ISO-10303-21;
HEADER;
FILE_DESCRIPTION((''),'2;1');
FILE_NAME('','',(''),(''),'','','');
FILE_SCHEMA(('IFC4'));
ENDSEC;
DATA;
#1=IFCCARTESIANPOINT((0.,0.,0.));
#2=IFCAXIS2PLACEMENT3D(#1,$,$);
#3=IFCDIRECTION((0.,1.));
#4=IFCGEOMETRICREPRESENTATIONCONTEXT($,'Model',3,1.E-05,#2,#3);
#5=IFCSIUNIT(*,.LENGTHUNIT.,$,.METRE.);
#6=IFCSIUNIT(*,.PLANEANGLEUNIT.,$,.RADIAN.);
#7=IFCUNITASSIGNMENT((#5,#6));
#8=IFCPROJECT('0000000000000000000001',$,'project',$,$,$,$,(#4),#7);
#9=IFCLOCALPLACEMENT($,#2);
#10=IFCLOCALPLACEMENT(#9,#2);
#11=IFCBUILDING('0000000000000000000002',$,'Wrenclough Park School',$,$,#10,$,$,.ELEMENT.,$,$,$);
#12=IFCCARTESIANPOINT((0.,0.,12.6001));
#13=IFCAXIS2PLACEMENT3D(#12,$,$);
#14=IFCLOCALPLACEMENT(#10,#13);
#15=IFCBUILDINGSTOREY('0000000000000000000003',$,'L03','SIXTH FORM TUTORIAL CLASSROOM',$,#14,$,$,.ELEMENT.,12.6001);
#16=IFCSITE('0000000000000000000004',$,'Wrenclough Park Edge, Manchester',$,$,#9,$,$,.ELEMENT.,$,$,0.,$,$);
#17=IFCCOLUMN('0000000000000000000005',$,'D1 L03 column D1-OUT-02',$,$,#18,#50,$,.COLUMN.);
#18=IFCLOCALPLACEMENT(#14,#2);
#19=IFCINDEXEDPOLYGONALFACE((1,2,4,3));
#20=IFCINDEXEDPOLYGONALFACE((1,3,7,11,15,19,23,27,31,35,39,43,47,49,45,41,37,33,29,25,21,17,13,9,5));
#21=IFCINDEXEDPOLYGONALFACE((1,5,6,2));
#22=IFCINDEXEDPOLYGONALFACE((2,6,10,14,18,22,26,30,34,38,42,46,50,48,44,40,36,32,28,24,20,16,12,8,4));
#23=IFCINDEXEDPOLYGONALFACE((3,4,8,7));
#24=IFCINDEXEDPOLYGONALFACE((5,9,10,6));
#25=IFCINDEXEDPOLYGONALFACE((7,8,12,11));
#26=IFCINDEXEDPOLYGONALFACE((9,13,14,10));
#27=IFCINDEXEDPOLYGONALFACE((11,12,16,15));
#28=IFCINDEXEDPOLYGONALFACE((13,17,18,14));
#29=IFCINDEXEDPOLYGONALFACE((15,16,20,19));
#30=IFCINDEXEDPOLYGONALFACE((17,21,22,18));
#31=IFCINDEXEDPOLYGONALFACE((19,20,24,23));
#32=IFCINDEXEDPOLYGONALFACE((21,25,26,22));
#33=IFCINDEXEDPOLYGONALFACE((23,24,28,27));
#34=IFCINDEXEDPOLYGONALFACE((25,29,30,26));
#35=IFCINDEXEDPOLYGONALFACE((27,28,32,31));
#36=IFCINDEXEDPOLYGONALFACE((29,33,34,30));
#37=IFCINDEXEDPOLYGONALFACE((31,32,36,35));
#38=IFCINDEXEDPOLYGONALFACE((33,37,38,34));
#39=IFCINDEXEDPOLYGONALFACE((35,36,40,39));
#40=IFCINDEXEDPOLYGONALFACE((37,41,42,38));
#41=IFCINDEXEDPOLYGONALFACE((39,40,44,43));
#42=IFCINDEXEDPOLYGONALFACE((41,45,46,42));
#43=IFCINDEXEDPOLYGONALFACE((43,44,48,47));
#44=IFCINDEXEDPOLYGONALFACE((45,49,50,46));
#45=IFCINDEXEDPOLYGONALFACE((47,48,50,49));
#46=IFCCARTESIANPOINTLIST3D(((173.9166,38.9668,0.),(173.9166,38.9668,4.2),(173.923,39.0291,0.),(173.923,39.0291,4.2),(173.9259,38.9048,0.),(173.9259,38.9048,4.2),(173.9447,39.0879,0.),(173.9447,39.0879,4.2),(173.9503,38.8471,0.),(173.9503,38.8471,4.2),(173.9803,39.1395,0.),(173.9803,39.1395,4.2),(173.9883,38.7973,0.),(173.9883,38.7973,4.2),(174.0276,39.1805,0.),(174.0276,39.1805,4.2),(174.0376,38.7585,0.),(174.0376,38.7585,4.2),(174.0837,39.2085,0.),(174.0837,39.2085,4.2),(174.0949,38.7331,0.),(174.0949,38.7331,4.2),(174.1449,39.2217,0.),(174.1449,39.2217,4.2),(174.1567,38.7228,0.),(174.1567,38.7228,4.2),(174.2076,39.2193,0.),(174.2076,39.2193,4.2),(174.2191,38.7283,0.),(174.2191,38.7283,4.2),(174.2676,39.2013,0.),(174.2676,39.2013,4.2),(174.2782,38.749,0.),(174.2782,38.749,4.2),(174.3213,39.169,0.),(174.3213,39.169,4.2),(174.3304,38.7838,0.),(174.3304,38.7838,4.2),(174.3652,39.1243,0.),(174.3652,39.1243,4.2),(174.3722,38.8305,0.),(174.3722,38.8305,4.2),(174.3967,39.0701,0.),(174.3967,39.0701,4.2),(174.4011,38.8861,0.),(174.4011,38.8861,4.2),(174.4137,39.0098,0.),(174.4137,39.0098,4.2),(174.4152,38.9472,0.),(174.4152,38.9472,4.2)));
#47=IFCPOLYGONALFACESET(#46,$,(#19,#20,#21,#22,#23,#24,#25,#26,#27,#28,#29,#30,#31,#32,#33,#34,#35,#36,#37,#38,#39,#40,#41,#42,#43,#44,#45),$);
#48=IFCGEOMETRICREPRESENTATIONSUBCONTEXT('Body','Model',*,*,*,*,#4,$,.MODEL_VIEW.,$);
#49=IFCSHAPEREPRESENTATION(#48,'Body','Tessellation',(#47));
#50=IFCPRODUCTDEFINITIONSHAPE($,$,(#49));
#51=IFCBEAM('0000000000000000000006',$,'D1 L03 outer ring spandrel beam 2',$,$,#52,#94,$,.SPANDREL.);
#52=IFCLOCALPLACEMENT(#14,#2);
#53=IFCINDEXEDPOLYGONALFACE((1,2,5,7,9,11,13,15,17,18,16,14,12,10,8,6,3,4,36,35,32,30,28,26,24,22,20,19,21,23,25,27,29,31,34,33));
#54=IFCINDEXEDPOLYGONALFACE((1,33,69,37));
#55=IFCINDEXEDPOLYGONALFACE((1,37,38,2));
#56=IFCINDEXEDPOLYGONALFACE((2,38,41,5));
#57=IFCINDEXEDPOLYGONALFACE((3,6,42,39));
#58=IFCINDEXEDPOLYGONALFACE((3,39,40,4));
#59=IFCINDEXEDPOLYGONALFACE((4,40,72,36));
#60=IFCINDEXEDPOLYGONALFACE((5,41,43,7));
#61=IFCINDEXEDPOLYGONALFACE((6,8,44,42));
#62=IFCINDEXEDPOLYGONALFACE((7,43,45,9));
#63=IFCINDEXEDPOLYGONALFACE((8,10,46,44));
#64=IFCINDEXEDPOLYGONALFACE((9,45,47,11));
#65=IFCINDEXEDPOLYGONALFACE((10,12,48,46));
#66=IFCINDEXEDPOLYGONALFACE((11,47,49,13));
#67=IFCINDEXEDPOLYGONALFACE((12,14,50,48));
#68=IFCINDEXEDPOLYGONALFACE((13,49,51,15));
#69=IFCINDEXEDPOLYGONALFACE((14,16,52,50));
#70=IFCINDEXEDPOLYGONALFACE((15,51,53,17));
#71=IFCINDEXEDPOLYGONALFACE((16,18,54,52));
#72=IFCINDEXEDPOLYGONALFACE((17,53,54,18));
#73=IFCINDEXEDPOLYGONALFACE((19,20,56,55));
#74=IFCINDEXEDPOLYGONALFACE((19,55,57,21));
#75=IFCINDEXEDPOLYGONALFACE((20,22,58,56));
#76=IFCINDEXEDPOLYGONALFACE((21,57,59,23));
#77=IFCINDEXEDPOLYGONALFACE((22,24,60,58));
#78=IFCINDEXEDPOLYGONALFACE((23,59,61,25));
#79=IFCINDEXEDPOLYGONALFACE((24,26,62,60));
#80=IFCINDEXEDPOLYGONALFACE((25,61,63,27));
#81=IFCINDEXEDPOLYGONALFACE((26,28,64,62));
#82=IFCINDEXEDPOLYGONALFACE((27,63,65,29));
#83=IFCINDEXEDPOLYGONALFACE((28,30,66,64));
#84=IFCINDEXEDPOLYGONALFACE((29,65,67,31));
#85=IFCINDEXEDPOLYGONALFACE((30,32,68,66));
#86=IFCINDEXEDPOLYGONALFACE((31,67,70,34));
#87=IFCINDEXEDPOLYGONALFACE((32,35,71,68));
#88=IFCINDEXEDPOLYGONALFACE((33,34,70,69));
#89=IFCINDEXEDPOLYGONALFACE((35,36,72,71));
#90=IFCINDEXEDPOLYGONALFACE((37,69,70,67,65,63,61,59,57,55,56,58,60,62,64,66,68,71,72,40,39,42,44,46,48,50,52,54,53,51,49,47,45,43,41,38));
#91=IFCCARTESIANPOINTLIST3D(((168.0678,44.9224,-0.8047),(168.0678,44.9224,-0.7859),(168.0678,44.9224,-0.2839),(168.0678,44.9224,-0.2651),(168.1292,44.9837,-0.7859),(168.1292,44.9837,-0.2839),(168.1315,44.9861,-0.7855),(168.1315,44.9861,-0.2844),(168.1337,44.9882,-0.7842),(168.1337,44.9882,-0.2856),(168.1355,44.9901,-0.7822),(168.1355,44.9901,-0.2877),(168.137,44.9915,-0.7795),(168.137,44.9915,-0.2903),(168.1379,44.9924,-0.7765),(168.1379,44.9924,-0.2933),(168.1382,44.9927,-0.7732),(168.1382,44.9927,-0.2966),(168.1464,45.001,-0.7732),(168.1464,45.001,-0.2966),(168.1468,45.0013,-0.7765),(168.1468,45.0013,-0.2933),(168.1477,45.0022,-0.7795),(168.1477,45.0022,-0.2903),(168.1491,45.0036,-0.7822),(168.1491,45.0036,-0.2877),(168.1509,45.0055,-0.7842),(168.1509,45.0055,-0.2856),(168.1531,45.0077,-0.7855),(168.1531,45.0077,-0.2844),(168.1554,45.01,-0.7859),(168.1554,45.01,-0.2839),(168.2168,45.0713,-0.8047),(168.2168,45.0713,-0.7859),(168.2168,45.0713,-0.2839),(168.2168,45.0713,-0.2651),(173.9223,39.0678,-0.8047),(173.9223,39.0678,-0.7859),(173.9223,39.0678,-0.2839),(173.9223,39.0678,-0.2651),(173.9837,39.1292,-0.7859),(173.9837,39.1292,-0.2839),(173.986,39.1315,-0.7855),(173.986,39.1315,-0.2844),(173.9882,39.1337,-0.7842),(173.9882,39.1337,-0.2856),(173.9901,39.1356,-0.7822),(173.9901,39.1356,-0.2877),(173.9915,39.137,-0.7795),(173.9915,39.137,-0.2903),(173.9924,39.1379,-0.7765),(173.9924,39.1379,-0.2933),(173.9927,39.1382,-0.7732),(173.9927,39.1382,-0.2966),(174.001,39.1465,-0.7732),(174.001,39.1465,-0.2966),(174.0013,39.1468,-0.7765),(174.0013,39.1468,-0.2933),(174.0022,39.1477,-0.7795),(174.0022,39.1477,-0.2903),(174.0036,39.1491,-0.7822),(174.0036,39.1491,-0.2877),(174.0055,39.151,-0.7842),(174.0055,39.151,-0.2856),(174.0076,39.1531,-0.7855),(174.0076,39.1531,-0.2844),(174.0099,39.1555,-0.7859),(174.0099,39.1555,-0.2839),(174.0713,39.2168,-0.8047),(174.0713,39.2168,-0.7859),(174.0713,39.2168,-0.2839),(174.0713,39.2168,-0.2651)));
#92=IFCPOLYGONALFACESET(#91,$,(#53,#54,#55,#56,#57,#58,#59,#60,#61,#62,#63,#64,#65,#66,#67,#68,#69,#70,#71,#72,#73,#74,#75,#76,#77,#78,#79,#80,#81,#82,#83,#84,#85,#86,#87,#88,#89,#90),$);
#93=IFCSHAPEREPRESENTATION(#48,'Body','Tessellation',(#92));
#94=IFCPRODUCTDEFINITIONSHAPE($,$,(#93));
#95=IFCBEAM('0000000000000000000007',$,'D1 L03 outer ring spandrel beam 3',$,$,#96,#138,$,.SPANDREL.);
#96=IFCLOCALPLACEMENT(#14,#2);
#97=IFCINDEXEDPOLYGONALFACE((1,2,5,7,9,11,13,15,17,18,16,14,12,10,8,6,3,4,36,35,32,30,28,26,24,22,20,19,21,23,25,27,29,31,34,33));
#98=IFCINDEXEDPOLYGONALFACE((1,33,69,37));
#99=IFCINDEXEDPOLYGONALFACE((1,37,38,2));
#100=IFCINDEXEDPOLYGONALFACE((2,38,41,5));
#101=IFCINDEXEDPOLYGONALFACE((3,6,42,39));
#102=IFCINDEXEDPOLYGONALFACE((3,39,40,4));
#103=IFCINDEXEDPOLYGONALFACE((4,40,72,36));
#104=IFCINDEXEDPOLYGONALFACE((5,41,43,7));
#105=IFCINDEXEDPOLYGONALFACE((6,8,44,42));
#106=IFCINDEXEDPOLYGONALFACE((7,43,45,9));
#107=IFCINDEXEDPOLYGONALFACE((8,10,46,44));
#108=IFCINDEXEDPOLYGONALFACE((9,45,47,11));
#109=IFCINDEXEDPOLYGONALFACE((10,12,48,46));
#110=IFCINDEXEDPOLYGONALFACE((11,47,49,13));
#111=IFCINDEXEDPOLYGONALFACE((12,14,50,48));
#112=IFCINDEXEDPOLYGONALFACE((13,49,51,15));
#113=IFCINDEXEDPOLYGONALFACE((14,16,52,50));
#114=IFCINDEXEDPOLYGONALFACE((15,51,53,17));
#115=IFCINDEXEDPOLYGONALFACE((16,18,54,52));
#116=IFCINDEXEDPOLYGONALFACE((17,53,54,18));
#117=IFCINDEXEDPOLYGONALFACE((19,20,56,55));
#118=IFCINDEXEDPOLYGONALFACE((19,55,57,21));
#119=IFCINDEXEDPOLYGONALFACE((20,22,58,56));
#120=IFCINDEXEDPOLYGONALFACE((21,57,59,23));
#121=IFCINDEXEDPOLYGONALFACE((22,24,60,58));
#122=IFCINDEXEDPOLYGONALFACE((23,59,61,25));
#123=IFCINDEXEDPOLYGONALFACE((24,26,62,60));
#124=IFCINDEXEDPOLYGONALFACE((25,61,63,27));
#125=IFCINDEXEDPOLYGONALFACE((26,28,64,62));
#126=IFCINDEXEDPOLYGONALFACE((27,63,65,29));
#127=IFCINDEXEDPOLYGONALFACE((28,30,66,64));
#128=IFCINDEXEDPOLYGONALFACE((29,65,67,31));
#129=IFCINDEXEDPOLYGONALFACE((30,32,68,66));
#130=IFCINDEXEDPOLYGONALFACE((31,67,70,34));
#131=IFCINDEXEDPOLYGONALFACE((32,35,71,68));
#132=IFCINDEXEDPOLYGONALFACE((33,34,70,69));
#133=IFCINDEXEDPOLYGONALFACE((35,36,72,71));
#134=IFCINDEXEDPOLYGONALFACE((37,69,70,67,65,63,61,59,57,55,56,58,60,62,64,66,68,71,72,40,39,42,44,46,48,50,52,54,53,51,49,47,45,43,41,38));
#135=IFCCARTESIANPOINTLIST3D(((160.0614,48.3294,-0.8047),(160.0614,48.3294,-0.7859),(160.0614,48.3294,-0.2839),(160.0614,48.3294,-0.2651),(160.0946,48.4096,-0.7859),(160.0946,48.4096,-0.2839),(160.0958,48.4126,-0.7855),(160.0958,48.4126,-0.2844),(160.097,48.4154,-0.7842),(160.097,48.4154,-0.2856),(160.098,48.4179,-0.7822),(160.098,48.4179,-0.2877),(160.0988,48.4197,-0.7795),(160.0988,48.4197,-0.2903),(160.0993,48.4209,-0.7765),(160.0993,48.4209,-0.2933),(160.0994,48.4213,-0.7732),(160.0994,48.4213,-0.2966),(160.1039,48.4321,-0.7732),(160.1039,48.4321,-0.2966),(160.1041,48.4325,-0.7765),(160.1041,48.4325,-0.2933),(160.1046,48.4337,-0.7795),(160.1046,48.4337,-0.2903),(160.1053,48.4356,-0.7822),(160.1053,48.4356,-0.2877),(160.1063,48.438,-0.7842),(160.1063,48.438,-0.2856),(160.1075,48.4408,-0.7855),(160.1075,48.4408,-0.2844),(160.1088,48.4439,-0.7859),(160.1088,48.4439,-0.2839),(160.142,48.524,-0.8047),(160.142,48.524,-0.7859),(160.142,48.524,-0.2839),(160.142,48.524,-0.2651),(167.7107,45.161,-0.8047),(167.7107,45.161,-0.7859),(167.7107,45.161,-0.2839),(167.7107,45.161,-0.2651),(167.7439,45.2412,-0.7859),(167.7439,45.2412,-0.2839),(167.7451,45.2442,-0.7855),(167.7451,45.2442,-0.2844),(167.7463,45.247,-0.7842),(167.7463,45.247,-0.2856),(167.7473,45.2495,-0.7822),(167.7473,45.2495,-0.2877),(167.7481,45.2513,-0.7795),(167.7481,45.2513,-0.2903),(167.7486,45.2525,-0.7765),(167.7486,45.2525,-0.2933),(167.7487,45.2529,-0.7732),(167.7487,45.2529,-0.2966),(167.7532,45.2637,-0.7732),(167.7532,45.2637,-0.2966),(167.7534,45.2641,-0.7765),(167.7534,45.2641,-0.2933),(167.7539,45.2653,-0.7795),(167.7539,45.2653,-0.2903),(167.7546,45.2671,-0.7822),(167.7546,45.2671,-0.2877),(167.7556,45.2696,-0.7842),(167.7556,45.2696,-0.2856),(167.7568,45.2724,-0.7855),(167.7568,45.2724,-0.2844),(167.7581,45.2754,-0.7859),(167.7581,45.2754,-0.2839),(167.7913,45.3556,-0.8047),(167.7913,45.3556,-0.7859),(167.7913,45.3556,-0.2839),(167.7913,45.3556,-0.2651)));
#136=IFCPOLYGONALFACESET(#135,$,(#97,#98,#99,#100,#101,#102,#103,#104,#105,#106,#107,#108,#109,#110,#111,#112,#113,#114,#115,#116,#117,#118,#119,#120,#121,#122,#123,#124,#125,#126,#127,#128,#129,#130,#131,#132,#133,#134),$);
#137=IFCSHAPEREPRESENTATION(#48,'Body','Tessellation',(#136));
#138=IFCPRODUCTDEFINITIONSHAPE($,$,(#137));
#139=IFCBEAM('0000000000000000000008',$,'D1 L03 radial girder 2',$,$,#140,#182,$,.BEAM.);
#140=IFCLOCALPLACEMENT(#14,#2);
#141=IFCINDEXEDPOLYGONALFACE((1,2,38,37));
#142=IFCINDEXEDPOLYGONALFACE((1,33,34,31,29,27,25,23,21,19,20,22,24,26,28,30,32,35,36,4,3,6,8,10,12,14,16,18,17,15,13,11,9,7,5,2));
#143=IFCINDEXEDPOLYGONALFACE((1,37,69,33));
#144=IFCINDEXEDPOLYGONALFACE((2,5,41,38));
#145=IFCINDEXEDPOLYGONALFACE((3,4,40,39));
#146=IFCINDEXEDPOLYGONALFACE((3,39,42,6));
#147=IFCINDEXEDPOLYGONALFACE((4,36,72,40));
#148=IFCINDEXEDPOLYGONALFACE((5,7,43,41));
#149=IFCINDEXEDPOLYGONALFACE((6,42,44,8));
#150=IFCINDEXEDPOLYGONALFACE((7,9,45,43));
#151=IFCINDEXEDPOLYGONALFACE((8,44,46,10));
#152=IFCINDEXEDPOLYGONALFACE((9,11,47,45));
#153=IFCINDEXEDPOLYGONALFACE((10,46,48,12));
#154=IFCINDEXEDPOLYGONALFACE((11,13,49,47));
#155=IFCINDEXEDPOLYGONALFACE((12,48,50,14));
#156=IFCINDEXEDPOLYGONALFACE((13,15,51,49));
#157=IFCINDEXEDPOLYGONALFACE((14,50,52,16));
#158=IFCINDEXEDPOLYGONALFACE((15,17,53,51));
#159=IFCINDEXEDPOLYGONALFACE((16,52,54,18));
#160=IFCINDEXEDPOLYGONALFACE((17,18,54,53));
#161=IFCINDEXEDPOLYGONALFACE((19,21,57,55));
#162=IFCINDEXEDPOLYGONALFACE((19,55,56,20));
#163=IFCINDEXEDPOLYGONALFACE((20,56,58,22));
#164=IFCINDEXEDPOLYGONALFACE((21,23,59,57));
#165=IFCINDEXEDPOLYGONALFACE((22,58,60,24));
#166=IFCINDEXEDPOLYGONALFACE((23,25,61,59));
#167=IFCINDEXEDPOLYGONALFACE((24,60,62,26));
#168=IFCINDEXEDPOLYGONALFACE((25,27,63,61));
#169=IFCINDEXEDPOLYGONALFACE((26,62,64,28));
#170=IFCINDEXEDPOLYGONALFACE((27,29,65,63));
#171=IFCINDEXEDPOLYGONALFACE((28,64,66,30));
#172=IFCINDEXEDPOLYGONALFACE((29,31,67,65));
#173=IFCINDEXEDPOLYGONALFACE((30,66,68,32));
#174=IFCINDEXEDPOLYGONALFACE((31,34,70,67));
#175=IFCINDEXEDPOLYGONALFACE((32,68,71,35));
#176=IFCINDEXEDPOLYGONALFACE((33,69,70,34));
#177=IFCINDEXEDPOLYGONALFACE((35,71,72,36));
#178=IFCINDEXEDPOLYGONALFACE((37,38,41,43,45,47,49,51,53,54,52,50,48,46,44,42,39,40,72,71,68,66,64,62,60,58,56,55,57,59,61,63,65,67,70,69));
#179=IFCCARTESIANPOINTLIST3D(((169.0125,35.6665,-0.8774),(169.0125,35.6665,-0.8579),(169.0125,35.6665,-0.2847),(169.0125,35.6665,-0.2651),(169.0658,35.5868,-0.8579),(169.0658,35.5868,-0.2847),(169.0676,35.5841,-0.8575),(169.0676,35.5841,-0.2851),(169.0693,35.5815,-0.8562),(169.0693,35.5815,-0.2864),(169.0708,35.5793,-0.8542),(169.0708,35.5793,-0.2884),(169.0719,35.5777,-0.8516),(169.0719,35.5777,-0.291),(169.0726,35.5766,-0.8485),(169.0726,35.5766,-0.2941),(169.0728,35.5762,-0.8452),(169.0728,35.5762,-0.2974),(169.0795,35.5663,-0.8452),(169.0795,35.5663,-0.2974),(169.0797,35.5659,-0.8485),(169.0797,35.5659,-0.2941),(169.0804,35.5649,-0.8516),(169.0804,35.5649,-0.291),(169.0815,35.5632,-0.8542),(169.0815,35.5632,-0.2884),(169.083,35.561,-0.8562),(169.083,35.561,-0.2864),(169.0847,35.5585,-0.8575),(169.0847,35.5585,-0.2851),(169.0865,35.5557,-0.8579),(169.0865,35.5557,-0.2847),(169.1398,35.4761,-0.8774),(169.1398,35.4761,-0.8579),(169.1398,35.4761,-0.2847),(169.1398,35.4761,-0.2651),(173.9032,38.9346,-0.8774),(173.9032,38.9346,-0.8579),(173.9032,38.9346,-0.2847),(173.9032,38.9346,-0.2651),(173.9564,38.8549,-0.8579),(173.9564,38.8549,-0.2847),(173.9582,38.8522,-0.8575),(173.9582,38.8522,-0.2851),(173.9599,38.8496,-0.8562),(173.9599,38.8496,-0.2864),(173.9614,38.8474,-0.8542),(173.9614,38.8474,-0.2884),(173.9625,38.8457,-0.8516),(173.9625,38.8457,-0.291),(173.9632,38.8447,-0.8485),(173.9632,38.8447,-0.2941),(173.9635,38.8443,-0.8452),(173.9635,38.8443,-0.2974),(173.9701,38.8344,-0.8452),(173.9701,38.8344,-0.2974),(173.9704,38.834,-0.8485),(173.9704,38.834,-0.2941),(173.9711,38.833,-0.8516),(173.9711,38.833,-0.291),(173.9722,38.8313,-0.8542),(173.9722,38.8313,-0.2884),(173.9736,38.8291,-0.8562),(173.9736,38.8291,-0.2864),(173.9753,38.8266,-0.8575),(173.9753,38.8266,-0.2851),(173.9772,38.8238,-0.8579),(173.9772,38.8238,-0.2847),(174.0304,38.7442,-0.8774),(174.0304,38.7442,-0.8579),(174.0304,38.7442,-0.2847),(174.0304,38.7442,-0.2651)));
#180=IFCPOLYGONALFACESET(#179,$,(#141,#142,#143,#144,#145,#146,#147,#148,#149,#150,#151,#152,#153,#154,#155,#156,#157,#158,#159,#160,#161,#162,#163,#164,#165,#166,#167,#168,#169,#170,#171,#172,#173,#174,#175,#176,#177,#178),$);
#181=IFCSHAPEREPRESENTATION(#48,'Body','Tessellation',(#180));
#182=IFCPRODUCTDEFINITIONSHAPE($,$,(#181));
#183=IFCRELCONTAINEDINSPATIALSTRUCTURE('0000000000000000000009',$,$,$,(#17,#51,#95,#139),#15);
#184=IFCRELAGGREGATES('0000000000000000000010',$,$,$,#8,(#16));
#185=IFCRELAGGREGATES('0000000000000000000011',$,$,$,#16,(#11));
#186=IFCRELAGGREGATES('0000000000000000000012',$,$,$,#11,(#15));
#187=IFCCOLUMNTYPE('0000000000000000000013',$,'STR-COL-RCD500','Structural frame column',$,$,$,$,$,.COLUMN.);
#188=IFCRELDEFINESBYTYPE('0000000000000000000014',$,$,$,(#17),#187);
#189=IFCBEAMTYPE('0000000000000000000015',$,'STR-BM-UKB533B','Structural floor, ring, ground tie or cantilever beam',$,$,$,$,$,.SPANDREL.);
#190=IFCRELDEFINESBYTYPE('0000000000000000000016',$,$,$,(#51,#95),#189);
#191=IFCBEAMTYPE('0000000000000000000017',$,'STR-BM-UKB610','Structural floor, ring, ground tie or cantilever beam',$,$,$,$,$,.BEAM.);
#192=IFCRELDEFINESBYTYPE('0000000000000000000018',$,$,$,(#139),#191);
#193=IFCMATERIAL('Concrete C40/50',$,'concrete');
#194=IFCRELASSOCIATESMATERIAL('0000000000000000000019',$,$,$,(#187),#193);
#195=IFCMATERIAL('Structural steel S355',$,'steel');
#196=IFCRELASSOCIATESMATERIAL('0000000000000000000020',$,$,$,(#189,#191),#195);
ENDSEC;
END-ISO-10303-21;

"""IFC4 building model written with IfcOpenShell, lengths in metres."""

from ifc_helpers import new_model, si_unit, direction, frame, origin, origin_2d, place, context, subcontext, project, spatial, circle, i_section, extrude, material, material_profile, profile_set, type_object, element, save


model = new_model("IFC4")

# Units and contexts
model_context = context("Model", 3, precision=1e-05, world=origin(), true_north=direction((0.0, 1.0)))
body_context = subcontext(model_context, "Body", "Model", "MODEL_VIEW")
ifc_project = project(units=[si_unit("LENGTHUNIT", "METRE"), si_unit("PLANEANGLEUNIT", "RADIAN")], contexts=[model_context])

# Site, building, storey
site_placement = place(None, origin())
site = spatial("IfcSite", under=ifc_project, at=site_placement, Name="Wrenclough Park Edge, Manchester", CompositionType="ELEMENT", RefElevation=0.0)
building_placement = place(site_placement, origin())
building = spatial("IfcBuilding", under=site, at=building_placement, Name="Wrenclough Park School", CompositionType="ELEMENT")
storey_placement = place(building_placement, frame((0.0, 0.0, 12.6001)))
storey = spatial("IfcBuildingStorey", under=building, at=storey_placement, Name="L03", Description="SIXTH FORM TUTORIAL CLASSROOM", CompositionType="ELEMENT", Elevation=12.6001)

# Column
ifc_material_1 = material(Name="Concrete C40/50", Category="concrete")
ifc_material_profile_1 = material_profile(ifc_material_1, circle(Radius=0.25, at=origin_2d()), Name="RC COL D500")
ifc_profile_set_1 = profile_set([ifc_material_profile_1], Name="Concrete C40/50")
column_type = type_object("IfcColumnType", Name="STR-COL-RCD500", Description="Structural frame column", PredefinedType="COLUMN", material=ifc_profile_set_1)
for number, where, z_axis, x_axis, name in (
    (1, (174.1665, 38.9727, 0.0), (0.0, 0.0, 1.0), (-0.55557, 0.83147, 0.0), "D1 L03 column D1-OUT-02"),
):
    element("IfcColumn", number, at=place(storey_placement, frame(where, z_axis=z_axis, x_axis=x_axis)), inside=storey, type_object=column_type, Name=name, PredefinedType="COLUMN", context=body_context, shape_type="SweptSolid", body=[
        extrude(circle(Radius=0.25, at=origin_2d()), origin(), (0.0, 0.0, 1.0), 4.2),
    ])

# Beams
ifc_material_2 = material(Name="Structural steel S355", Category="steel")
ifc_material_profile_2 = material_profile(ifc_material_2, i_section(OverallWidth=0.2107, OverallDepth=0.5396, WebThickness=0.0117, FlangeThickness=0.0188, FilletRadius=0.0127, at=origin_2d()), Name="UKB 533x210x109")
ifc_profile_set_2 = profile_set([ifc_material_profile_2], Name="Structural steel S355")
beam_type_1 = type_object("IfcBeamType", Name="STR-BM-UKB533B", Description="Structural floor, ring, ground tie or cantilever beam", PredefinedType="SPANDREL", material=ifc_profile_set_2)
for number, where, z_axis, x_axis, name in (
    (2, (173.9968, 39.1423, -0.5349), (-0.707107, 0.707107, 0.0), (-0.707107, -0.707107, 0.0), "D1 L03 outer ring spandrel beam 2"),
    (3, (167.751, 45.2583, -0.5349), (-0.923881, 0.38268, 0.0), (-0.38268, -0.923881, 0.0), "D1 L03 outer ring spandrel beam 3"),
):
    element("IfcBeam", number, at=place(storey_placement, frame(where, z_axis=z_axis, x_axis=x_axis)), inside=storey, type_object=beam_type_1, Name=name, PredefinedType="SPANDREL", context=body_context, shape_type="SweptSolid", body=[
        extrude(i_section(OverallWidth=0.2107, OverallDepth=0.5396, WebThickness=0.0117, FlangeThickness=0.0188, FilletRadius=0.0127, at=origin_2d()), origin(), (0.0, 0.0, 1.0), 8.2795),
    ])
ifc_material_profile_3 = material_profile(ifc_material_2, i_section(OverallWidth=0.229, OverallDepth=0.6123, WebThickness=0.012, FlangeThickness=0.0195, FilletRadius=0.0127, at=origin_2d()), Name="UKB 610x229x125")
ifc_profile_set_3 = profile_set([ifc_material_profile_3], Name="Structural steel S355")
beam_type_2 = type_object("IfcBeamType", Name="STR-BM-UKB610", Description="Structural floor, ring, ground tie or cantilever beam", PredefinedType="BEAM", material=ifc_profile_set_3)
for number, where, z_axis, x_axis, name in (
    (4, (173.9668, 38.8394, -0.5713), (-0.83145, -0.5556, 0.0), (0.5556, -0.83145, 0.0), "D1 L03 radial girder 2"),
):
    element("IfcBeam", number, at=place(storey_placement, frame(where, z_axis=z_axis, x_axis=x_axis)), inside=storey, type_object=beam_type_2, Name=name, PredefinedType="BEAM", context=body_context, shape_type="SweptSolid", body=[
        extrude(i_section(OverallWidth=0.229, OverallDepth=0.6123, WebThickness=0.012, FlangeThickness=0.0195, FilletRadius=0.0127, at=origin_2d()), origin(), (0.0, 0.0, 1.0), 5.8821),
    ])

save(model, "model.ifc")
